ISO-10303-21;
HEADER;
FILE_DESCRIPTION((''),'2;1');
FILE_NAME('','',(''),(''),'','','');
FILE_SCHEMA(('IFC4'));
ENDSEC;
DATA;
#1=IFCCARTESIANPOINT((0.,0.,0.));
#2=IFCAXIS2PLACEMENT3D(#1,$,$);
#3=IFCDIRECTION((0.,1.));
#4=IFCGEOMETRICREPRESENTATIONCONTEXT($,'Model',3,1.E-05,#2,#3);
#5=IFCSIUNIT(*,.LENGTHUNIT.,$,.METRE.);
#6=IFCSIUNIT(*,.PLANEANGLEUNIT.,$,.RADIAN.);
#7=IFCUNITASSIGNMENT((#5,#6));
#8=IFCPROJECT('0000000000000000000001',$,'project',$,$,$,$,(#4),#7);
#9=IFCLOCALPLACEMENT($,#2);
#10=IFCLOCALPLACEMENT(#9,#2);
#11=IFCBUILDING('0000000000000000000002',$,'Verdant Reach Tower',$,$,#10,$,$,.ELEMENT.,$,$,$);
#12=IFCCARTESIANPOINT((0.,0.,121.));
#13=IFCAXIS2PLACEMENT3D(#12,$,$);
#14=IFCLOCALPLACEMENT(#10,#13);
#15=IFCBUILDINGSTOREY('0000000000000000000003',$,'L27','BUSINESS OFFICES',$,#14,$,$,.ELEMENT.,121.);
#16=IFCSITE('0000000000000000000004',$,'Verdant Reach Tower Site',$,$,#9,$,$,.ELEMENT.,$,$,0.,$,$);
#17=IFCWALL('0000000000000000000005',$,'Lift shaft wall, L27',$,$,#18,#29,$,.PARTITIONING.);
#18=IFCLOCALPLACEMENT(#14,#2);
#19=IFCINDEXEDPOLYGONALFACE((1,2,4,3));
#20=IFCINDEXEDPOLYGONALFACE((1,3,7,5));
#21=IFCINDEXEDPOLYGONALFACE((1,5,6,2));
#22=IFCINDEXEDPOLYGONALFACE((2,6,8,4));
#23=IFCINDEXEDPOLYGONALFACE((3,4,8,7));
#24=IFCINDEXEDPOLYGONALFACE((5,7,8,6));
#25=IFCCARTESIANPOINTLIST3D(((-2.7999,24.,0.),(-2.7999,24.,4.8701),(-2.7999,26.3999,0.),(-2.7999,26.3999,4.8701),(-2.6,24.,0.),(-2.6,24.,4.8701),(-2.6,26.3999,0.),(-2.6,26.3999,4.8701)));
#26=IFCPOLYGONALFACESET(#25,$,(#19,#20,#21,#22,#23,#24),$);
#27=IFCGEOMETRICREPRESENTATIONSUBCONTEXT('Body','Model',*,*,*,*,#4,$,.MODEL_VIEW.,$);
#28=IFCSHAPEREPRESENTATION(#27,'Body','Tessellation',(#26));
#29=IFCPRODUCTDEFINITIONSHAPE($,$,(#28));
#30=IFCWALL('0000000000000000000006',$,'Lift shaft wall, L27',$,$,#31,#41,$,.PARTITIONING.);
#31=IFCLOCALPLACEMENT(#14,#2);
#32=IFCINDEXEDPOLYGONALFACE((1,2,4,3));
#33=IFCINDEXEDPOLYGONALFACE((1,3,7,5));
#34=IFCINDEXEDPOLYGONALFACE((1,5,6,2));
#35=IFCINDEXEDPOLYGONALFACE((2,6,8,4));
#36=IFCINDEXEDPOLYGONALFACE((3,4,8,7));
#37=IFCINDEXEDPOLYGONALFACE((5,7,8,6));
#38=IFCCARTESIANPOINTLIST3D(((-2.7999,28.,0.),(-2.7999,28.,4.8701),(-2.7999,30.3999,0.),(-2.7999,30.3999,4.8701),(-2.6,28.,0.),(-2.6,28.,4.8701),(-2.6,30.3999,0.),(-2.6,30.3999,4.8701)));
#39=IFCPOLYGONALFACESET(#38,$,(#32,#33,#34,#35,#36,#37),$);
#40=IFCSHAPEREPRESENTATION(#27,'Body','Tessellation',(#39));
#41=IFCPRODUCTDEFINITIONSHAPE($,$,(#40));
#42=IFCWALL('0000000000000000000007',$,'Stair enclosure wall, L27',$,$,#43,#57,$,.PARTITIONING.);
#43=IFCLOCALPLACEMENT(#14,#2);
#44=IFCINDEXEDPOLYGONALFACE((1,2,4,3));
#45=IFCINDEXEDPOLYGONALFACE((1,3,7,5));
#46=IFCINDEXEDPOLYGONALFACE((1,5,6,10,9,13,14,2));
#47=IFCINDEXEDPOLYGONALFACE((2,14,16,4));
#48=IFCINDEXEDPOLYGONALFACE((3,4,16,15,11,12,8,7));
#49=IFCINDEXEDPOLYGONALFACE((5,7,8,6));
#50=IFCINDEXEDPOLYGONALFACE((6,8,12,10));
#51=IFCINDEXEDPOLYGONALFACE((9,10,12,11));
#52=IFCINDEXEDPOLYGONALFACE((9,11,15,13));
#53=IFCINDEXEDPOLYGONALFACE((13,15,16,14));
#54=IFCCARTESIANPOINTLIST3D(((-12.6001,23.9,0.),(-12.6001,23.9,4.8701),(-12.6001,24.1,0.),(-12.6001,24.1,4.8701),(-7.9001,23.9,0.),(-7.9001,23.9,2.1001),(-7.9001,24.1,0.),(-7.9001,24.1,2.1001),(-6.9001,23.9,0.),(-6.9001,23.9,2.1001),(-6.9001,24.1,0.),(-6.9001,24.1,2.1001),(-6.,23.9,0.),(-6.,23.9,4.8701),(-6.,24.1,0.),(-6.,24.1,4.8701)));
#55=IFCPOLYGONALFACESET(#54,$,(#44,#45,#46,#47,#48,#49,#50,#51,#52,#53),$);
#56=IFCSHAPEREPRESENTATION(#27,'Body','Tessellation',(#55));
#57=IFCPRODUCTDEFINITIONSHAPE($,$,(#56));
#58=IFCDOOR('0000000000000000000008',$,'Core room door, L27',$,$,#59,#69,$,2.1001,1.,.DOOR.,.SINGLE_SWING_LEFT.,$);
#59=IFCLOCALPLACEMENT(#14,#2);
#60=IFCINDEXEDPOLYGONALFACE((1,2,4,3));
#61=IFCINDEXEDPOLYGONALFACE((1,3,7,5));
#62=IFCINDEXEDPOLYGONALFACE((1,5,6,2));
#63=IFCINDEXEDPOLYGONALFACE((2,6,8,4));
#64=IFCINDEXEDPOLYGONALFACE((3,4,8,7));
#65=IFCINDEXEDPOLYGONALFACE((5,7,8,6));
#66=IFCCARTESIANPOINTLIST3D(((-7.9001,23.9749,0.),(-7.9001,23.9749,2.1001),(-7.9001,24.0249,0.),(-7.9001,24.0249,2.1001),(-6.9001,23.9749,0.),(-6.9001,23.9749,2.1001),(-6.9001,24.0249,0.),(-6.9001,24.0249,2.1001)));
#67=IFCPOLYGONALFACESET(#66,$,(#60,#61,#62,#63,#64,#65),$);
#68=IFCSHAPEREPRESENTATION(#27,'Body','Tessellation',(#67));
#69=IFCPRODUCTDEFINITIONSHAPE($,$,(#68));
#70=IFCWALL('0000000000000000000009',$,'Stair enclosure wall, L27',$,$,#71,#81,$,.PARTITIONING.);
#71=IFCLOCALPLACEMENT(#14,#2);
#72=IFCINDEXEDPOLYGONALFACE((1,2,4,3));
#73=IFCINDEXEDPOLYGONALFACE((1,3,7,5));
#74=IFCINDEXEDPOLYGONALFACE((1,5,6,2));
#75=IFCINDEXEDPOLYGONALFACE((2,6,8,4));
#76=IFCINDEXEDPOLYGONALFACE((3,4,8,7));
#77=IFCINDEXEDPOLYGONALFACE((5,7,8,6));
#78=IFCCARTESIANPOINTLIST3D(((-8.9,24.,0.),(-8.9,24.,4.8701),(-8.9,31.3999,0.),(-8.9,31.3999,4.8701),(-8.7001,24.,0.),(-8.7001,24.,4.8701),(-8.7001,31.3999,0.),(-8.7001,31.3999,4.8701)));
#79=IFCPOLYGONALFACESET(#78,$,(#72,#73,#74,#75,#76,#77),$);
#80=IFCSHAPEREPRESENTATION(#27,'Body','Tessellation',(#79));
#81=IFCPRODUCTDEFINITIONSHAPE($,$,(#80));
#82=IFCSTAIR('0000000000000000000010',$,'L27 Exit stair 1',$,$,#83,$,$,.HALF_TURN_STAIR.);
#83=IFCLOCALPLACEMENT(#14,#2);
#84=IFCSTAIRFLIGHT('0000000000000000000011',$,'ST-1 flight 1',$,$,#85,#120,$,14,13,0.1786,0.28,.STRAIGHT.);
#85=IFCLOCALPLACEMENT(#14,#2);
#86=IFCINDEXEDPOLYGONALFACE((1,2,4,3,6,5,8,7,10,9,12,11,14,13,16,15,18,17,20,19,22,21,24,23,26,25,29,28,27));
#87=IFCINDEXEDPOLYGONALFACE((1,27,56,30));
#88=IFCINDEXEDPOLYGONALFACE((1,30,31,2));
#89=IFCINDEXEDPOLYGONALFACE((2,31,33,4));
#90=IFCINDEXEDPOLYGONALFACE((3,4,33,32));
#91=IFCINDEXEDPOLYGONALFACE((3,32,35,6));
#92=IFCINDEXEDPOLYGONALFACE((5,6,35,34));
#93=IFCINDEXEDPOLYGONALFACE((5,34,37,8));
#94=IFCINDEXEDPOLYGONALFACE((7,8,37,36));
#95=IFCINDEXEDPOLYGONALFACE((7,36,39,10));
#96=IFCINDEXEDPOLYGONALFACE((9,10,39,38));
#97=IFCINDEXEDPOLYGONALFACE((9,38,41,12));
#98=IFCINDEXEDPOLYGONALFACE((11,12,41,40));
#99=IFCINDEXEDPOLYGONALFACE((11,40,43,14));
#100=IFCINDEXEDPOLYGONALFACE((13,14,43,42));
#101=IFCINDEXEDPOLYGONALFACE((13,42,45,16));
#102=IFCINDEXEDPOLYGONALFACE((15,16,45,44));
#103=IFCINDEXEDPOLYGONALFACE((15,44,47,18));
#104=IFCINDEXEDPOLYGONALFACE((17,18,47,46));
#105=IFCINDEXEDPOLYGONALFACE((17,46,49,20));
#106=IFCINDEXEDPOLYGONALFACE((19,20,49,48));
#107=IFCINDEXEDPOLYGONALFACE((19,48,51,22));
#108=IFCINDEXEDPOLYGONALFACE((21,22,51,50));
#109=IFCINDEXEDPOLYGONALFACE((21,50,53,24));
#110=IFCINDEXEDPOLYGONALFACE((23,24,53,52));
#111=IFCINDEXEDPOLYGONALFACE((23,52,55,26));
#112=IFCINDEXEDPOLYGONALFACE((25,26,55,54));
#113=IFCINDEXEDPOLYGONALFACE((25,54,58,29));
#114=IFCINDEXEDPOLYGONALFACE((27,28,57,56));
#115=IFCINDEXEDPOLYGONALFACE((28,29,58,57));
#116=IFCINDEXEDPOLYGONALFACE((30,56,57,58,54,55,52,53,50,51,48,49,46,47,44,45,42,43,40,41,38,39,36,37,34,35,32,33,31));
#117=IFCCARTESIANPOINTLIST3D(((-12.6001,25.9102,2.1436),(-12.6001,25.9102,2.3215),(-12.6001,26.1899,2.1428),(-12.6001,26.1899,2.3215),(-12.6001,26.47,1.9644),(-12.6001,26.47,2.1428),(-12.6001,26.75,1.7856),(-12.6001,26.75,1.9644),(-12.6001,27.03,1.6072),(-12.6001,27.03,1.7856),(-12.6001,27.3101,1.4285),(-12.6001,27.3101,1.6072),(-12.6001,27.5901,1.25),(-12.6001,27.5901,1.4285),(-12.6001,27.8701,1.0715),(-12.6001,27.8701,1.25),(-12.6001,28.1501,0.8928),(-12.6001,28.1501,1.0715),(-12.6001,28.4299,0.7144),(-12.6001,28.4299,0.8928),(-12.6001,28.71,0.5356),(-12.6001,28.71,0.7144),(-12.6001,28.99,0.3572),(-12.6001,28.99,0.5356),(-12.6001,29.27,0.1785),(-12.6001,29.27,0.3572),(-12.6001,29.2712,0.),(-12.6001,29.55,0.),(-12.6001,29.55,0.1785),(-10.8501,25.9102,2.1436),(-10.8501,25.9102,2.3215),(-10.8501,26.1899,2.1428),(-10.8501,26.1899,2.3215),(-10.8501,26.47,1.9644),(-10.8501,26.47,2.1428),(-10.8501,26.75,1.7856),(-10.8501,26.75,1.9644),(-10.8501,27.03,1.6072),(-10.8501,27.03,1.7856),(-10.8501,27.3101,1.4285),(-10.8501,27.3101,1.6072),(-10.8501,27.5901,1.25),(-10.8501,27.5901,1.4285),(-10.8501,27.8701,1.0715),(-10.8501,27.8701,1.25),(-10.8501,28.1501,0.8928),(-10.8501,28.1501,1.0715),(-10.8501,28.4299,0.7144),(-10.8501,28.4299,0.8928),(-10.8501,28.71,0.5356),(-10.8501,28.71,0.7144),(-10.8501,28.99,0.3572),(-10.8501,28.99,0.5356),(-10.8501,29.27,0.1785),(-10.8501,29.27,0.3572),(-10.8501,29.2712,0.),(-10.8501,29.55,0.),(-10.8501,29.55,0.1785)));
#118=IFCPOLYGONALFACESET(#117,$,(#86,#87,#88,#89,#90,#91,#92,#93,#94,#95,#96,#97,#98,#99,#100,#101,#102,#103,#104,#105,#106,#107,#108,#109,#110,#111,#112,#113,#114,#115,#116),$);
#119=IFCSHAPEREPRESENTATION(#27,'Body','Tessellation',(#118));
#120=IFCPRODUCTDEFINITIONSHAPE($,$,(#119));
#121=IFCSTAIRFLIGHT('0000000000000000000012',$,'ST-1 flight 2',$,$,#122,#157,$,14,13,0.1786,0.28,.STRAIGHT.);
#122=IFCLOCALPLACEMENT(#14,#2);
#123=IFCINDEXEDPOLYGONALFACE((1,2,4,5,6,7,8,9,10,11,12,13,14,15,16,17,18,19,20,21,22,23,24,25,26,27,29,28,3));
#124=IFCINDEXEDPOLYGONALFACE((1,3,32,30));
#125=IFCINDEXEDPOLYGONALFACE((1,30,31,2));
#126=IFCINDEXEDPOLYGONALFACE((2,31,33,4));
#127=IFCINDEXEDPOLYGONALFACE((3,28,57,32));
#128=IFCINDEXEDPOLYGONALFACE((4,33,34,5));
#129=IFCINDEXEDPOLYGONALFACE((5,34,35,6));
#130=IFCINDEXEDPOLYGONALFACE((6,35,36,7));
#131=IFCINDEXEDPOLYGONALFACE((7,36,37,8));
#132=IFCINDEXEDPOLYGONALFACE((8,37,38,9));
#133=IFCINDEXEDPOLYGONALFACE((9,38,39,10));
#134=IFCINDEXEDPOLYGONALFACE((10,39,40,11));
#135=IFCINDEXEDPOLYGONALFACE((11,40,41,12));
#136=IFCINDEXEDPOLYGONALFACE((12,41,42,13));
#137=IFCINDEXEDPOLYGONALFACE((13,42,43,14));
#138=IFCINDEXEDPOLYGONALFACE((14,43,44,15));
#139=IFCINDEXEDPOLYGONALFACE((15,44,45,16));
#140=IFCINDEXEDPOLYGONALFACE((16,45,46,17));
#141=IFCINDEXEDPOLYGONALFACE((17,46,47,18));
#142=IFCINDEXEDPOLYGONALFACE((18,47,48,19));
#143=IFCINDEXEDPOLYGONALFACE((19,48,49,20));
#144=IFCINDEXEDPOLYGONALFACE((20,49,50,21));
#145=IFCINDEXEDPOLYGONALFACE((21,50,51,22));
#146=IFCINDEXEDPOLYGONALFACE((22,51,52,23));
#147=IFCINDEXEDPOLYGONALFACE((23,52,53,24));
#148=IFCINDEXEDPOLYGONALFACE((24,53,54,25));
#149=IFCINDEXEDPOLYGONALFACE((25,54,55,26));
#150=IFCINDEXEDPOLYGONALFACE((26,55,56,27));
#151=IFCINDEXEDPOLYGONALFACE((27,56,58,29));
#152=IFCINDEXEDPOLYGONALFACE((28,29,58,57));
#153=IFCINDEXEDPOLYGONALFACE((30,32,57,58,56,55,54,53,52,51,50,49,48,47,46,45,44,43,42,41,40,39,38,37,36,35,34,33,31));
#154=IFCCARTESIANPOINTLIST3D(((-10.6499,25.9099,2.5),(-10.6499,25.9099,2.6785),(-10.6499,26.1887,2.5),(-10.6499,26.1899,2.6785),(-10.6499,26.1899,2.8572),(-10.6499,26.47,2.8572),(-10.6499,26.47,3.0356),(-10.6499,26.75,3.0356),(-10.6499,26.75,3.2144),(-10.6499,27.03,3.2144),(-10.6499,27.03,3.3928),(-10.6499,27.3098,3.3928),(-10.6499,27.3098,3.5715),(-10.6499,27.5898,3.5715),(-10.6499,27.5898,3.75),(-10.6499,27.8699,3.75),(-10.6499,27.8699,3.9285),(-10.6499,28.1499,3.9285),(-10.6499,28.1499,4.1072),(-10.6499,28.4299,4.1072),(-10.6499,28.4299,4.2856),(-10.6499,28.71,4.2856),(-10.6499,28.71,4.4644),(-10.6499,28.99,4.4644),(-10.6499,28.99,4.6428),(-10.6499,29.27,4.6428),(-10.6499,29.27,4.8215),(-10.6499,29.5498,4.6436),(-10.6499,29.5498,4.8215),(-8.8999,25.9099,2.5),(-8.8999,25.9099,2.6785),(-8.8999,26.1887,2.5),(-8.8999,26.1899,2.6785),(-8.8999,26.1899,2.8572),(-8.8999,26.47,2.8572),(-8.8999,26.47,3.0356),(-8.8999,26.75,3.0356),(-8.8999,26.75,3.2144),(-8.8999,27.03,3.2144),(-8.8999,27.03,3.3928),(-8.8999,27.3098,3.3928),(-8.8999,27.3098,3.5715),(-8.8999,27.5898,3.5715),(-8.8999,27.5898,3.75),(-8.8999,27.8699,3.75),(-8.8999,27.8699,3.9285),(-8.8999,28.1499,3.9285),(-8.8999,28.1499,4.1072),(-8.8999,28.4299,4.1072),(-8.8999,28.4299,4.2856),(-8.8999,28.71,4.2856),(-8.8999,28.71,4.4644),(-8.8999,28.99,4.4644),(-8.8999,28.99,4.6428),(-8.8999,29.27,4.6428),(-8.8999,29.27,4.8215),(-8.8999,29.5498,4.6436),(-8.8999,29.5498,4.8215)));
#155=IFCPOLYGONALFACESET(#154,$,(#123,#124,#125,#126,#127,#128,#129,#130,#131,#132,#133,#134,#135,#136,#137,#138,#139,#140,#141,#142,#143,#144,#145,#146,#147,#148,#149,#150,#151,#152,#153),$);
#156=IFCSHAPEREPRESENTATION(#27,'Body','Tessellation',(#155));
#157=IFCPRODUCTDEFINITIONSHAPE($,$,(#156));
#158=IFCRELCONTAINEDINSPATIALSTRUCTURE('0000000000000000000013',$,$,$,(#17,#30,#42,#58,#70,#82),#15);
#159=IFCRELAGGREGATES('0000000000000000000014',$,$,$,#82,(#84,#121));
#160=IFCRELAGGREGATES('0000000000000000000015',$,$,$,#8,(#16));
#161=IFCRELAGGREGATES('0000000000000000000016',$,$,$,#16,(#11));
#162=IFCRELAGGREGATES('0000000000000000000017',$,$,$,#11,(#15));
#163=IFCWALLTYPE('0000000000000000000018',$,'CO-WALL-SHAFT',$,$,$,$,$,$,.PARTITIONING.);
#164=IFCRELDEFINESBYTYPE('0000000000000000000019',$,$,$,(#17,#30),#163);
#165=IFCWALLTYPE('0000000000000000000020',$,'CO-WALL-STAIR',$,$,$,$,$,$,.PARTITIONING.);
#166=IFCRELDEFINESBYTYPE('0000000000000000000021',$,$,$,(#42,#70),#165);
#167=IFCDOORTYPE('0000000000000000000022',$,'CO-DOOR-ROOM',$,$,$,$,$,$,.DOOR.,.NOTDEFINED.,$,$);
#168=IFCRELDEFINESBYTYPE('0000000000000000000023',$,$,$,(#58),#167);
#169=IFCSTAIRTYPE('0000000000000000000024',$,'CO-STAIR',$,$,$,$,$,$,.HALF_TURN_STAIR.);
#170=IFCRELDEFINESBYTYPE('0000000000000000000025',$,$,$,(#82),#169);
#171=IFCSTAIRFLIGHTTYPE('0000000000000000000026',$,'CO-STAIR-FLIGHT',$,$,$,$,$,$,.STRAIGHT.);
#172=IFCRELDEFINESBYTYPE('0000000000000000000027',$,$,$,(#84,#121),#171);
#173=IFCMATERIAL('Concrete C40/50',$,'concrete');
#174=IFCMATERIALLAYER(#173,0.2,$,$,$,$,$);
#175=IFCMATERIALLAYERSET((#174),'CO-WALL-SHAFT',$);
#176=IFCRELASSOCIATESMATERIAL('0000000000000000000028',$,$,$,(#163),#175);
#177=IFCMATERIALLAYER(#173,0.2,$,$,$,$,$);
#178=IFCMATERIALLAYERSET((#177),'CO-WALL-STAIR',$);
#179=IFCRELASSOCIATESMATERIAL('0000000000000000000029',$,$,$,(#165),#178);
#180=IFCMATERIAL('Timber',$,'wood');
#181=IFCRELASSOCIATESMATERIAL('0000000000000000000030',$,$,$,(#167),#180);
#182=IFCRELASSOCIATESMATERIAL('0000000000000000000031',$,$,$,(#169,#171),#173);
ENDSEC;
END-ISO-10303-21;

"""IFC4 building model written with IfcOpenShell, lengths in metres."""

from ifc_helpers import new_model, si_unit, direction, frame, frame_2d, origin, place, context, subcontext, project, spatial, polyline, rectangle, outline, extrude, material, layer, layer_set, type_object, element, fill, aggregate, save


model = new_model("IFC4")

# Units and contexts
model_context = context("Model", 3, precision=1e-05, world=origin(), true_north=direction((0.0, 1.0)))
body_context = subcontext(model_context, "Body", "Model", "MODEL_VIEW")
ifc_project = project(units=[si_unit("LENGTHUNIT", "METRE"), si_unit("PLANEANGLEUNIT", "RADIAN")], contexts=[model_context])

# Site, building, storey
site_placement = place(None, origin())
site = spatial("IfcSite", under=ifc_project, at=site_placement, Name="Verdant Reach Tower Site", CompositionType="ELEMENT", RefElevation=0.0)
building_placement = place(site_placement, origin())
building = spatial("IfcBuilding", under=site, at=building_placement, Name="Verdant Reach Tower", CompositionType="ELEMENT")
storey_placement = place(building_placement, frame((0.0, 0.0, 121.0)))
storey = spatial("IfcBuildingStorey", under=building, at=storey_placement, Name="L27", Description="BUSINESS OFFICES", CompositionType="ELEMENT", Elevation=121.0)

# Shared definitions
ifc_material_1 = material(Name="Concrete C40/50", Category="concrete")
ifc_layer_1 = layer(ifc_material_1, 0.2)
ifc_layer_set_1 = layer_set([ifc_layer_1], Name="CO-WALL-SHAFT")
wall_type_1 = type_object("IfcWallType", Name="CO-WALL-SHAFT", PredefinedType="PARTITIONING", material=ifc_layer_set_1)

# Walls
for number, where, z_axis, x_axis, name in (
    (1, (-2.7, 24.0, 0.0), (0.0, 0.0, 1.0), (0.0, 1.0, 0.0), "Lift shaft wall, L27"),
    (2, (-2.7, 28.0, 0.0), (0.0, 0.0, 1.0), (0.0, 1.0, 0.0), "Lift shaft wall, L27"),
):
    element("IfcWall", number, at=place(storey_placement, frame(where, z_axis=z_axis, x_axis=x_axis)), inside=storey, type_object=wall_type_1, Name=name, PredefinedType="PARTITIONING", context=body_context, shape_type="SweptSolid", body=[
        extrude(rectangle(XDim=2.3999, YDim=0.2, at=frame_2d((1.2, 0.0))), origin(), (0.0, 0.0, 1.0), 4.8701),
    ])

# Wall, opening, door
ifc_layer_2 = layer(ifc_material_1, 0.2)
ifc_layer_set_2 = layer_set([ifc_layer_2], Name="CO-WALL-STAIR")
wall_type_2 = type_object("IfcWallType", Name="CO-WALL-STAIR", PredefinedType="PARTITIONING", material=ifc_layer_set_2)
wall_1_placement = place(storey_placement, frame((-12.6001, 24.0, 0.0), z_axis=(0.0, 0.0, 1.0), x_axis=(1.0, 0.0, 0.0)))
wall_1 = element("IfcWall", 3, at=wall_1_placement, inside=storey, type_object=wall_type_2, Name="Stair enclosure wall, L27", PredefinedType="PARTITIONING", context=body_context, shape_type="SweptSolid", body=[
    extrude(rectangle(XDim=6.6001, YDim=0.2, at=frame_2d((3.3, 0.0))), origin(), (0.0, 0.0, 1.0), 4.8701),
])
opening_1_placement = place(wall_1_placement, frame((4.7, 0.0, 0.0)))
opening_1 = element("IfcOpeningElement", 4, at=opening_1_placement, cuts=wall_1, PredefinedType="OPENING", context=body_context, shape_type="SweptSolid", body=[
    extrude(rectangle(XDim=1.0, YDim=2.1001, at=frame_2d((0.5, 1.05))), frame((0.0, 0.1099, 0.0), z_axis=(0.0, -1.0, 0.0), x_axis=(1.0, 0.0, 0.0)), (0.0, 0.0, 1.0), 0.22),
])
ifc_material_2 = material(Name="Timber", Category="wood")
door_type_1 = type_object("IfcDoorType", Name="CO-DOOR-ROOM", OperationType="NOTDEFINED", PredefinedType="DOOR", material=ifc_material_2)
door_1_placement = place(opening_1_placement, origin())
door_1 = element("IfcDoor", 5, at=door_1_placement, inside=storey, type_object=door_type_1, Name="Core room door, L27", OperationType="SINGLE_SWING_LEFT", OverallHeight=2.1001, OverallWidth=1.0, PredefinedType="DOOR", context=body_context, shape_type="SweptSolid", body=[
    extrude(rectangle(XDim=1.0, YDim=2.1001, at=frame_2d((0.5, 1.05))), frame((0.0, 0.0249, 0.0), z_axis=(0.0, -1.0, 0.0), x_axis=(1.0, 0.0, 0.0)), (0.0, 0.0, 1.0), 0.05),
])
fill(opening_1, door_1)

# Wall
wall_2_placement = place(storey_placement, frame((-8.8, 24.0, 0.0), z_axis=(0.0, 0.0, 1.0), x_axis=(0.0, 1.0, 0.0)))
element("IfcWall", 6, at=wall_2_placement, inside=storey, type_object=wall_type_2, Name="Stair enclosure wall, L27", PredefinedType="PARTITIONING", context=body_context, shape_type="SweptSolid", body=[
    extrude(rectangle(XDim=7.3999, YDim=0.2, at=frame_2d((3.7, 0.0))), origin(), (0.0, 0.0, 1.0), 4.8701),
])

# Stair, stair flights
stair_type = type_object("IfcStairType", Name="CO-STAIR", PredefinedType="HALF_TURN_STAIR", material=ifc_material_1)
stair_placement = place(storey_placement, origin())
stair = element("IfcStair", 7, at=stair_placement, inside=storey, type_object=stair_type, Name="L27 Exit stair 1", PredefinedType="HALF_TURN_STAIR")
stair_flight_type = type_object("IfcStairFlightType", Name="CO-STAIR-FLIGHT", PredefinedType="STRAIGHT", material=ifc_material_1)
stair_flight_1_placement = place(storey_placement, frame((-11.7251, 29.55, 0.0), z_axis=(0.0, 0.0, 1.0), x_axis=(0.0, -1.0, 0.0)))
stair_flight_1 = element("IfcStairFlight", 8, at=stair_flight_1_placement, type_object=stair_flight_type, Name="ST-1 flight 1", NumberOfRisers=14, NumberOfTreads=13, PredefinedType="STRAIGHT", RiserHeight=0.1786, TreadLength=0.28, context=body_context, shape_type="SweptSolid", body=[
    extrude(outline(polyline([(0.0, 0.0), (0.0, 0.1785), (0.28, 0.1785), (0.28, 0.3572), (0.5601, 0.3572), (0.5601, 0.5356), (0.8401, 0.5356), (0.8401, 0.7144), (1.1201, 0.7144), (1.1201, 0.8928), (1.3999, 0.8928), (1.3999, 1.0715), (1.6799, 1.0715), (1.6799, 1.25), (1.96, 1.25), (1.96, 1.4285), (2.24, 1.4285), (2.24, 1.6072), (2.52, 1.6072), (2.52, 1.7856), (2.8, 1.7856), (2.8, 1.9644), (3.0801, 1.9644), (3.0801, 2.1428), (3.3601, 2.1428), (3.3601, 2.3215), (3.6399, 2.3215), (3.6399, 2.5), (3.6399, 2.1436), (0.2788, 0.0), (0.0, 0.0)])), frame((0.0, 0.875, 0.0), z_axis=(0.0, -1.0, 0.0), x_axis=(1.0, 0.0, 0.0)), (0.0, 0.0, 1.0), 1.75),
])
stair_flight_2_placement = place(storey_placement, frame((-9.7749, 25.9099, 2.5), z_axis=(0.0, 0.0, 1.0), x_axis=(0.0, 1.0, 0.0)))
stair_flight_2 = element("IfcStairFlight", 9, at=stair_flight_2_placement, type_object=stair_flight_type, Name="ST-1 flight 2", NumberOfRisers=14, NumberOfTreads=13, PredefinedType="STRAIGHT", RiserHeight=0.1786, TreadLength=0.28, context=body_context, shape_type="SweptSolid", body=[
    extrude(outline(polyline([(0.0, 0.0), (0.0, 0.1785), (0.28, 0.1785), (0.28, 0.3572), (0.5601, 0.3572), (0.5601, 0.5356), (0.8401, 0.5356), (0.8401, 0.7144), (1.1201, 0.7144), (1.1201, 0.8928), (1.3999, 0.8928), (1.3999, 1.0715), (1.6799, 1.0715), (1.6799, 1.25), (1.96, 1.25), (1.96, 1.4285), (2.24, 1.4285), (2.24, 1.6072), (2.52, 1.6072), (2.52, 1.7856), (2.8, 1.7856), (2.8, 1.9644), (3.0801, 1.9644), (3.0801, 2.1428), (3.3601, 2.1428), (3.3601, 2.3215), (3.6399, 2.3215), (3.6399, 2.5), (3.6399, 2.1436), (0.2788, 0.0), (0.0, 0.0)])), frame((0.0, 0.875, 0.0), z_axis=(0.0, -1.0, 0.0), x_axis=(1.0, 0.0, 0.0)), (0.0, 0.0, 1.0), 1.75),
])
aggregate(stair, [stair_flight_1, stair_flight_2])

save(model, "model.ifc")
